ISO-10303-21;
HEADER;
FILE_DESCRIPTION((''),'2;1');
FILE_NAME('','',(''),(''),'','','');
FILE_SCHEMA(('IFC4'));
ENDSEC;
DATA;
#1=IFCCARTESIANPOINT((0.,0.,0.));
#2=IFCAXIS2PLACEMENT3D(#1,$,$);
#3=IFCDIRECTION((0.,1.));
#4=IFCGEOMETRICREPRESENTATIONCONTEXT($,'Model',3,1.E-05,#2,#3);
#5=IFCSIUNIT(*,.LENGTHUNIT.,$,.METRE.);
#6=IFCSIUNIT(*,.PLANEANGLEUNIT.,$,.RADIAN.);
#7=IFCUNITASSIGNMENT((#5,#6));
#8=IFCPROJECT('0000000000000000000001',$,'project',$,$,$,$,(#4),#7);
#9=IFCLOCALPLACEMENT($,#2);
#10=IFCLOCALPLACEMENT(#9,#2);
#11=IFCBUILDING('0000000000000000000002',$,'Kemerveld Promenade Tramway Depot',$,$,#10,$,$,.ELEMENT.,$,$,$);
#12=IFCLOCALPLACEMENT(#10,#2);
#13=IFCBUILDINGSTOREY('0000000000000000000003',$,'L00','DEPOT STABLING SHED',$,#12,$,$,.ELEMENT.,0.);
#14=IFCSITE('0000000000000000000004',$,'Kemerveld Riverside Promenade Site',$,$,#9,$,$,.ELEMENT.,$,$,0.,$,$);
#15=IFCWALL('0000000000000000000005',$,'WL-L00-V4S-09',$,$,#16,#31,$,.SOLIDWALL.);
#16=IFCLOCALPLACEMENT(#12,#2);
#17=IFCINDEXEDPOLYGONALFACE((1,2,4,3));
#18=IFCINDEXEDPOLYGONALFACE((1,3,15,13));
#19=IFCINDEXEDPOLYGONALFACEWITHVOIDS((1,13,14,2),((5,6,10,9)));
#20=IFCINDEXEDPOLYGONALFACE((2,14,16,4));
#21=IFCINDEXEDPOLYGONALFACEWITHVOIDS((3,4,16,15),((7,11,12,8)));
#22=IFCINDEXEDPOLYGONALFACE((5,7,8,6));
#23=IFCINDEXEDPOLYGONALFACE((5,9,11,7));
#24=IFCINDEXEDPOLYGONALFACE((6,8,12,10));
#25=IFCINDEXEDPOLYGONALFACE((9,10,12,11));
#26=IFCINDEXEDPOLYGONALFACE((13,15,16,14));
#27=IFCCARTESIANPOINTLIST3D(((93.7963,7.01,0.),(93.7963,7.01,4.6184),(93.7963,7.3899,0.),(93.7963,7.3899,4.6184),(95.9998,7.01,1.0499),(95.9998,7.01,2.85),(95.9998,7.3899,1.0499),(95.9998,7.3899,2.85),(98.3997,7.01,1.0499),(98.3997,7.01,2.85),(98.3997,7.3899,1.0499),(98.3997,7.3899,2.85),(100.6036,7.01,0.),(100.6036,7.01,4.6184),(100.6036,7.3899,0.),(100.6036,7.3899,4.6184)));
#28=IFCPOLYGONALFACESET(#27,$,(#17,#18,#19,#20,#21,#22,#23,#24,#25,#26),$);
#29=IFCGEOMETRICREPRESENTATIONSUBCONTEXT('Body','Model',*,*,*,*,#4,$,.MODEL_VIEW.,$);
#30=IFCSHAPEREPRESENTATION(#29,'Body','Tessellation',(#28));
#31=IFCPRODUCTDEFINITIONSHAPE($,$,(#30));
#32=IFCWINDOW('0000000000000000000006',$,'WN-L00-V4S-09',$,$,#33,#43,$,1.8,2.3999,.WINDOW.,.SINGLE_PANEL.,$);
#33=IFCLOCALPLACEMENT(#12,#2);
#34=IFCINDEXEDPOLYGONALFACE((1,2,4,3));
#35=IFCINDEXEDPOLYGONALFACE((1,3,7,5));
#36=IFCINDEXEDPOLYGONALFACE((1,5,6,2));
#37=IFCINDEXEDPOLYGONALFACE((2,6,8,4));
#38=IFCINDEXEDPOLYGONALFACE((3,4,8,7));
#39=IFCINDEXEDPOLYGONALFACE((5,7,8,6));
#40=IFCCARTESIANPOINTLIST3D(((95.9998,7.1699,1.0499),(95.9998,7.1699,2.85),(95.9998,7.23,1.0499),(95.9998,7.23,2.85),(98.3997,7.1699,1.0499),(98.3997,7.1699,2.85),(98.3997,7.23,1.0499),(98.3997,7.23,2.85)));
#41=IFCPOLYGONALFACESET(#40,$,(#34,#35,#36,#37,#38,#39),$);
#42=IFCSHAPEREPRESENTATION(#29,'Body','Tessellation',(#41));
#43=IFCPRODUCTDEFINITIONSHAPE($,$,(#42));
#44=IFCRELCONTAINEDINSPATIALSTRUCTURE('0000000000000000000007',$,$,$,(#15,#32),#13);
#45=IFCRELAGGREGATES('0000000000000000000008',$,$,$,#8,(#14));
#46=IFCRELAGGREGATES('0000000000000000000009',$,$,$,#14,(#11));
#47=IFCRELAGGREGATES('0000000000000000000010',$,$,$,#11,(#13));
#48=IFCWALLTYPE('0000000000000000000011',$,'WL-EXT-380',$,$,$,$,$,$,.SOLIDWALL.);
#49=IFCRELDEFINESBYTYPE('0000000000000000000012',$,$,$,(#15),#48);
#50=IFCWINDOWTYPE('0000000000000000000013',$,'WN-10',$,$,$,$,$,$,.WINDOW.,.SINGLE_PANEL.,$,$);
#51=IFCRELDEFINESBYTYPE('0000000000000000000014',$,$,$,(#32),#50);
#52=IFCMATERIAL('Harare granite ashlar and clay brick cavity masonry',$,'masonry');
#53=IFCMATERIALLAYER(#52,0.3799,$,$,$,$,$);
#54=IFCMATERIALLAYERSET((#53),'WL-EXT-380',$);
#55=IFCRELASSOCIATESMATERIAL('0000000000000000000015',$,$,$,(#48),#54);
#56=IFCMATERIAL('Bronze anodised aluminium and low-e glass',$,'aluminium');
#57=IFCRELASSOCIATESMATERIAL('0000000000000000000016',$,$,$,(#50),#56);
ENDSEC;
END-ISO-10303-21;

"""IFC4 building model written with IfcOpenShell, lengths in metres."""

from ifc_helpers import new_model, si_unit, direction, frame, frame_2d, origin, place, context, subcontext, project, spatial, rectangle, extrude, material, layer, layer_set, type_object, element, fill, save


model = new_model("IFC4")

# Units and contexts
model_context = context("Model", 3, precision=1e-05, world=origin(), true_north=direction((0.0, 1.0)))
body_context = subcontext(model_context, "Body", "Model", "MODEL_VIEW")
ifc_project = project(units=[si_unit("LENGTHUNIT", "METRE"), si_unit("PLANEANGLEUNIT", "RADIAN")], contexts=[model_context])

# Site, building, storey
site_placement = place(None, origin())
site = spatial("IfcSite", under=ifc_project, at=site_placement, Name="Kemerveld Riverside Promenade Site", CompositionType="ELEMENT", RefElevation=0.0)
building_placement = place(site_placement, origin())
building = spatial("IfcBuilding", under=site, at=building_placement, Name="Kemerveld Promenade Tramway Depot", CompositionType="ELEMENT")
storey_placement = place(building_placement, origin())
storey = spatial("IfcBuildingStorey", under=building, at=storey_placement, Name="L00", Description="DEPOT STABLING SHED", CompositionType="ELEMENT", Elevation=0.0)

# Wall, opening, window
ifc_material_1 = material(Name="Harare granite ashlar and clay brick cavity masonry", Category="masonry")
ifc_layer_1 = layer(ifc_material_1, 0.3799)
ifc_layer_set_1 = layer_set([ifc_layer_1], Name="WL-EXT-380")
wall_type = type_object("IfcWallType", Name="WL-EXT-380", PredefinedType="SOLIDWALL", material=ifc_layer_set_1)
wall_placement = place(storey_placement, frame((100.6038, 7.2, 0.0), z_axis=(0.0, 0.0, 1.0), x_axis=(-1.0, 0.0, 0.0)))
wall = element("IfcWall", 1, at=wall_placement, inside=storey, type_object=wall_type, Name="WL-L00-V4S-09", PredefinedType="SOLIDWALL", context=body_context, shape_type="SweptSolid", body=[
    extrude(rectangle(XDim=6.8074, YDim=0.3799, at=frame_2d((3.4038, 0.0))), origin(), (0.0, 0.0, 1.0), 4.6184),
])
opening_placement = place(wall_placement, frame((2.2041, 0.0, 1.05)))
opening = element("IfcOpeningElement", 2, at=opening_placement, cuts=wall, PredefinedType="OPENING", context=body_context, shape_type="SweptSolid", body=[
    extrude(rectangle(XDim=2.3999, YDim=1.8, at=frame_2d((1.2, 0.8999))), frame((0.0, 0.2, 0.0), z_axis=(0.0, -1.0, 0.0), x_axis=(1.0, 0.0, 0.0)), (0.0, 0.0, 1.0), 0.3999),
])
ifc_material_2 = material(Name="Bronze anodised aluminium and low-e glass", Category="aluminium")
window_type = type_object("IfcWindowType", Name="WN-10", PartitioningType="SINGLE_PANEL", PredefinedType="WINDOW", material=ifc_material_2)
window_placement = place(opening_placement, origin())
window = element("IfcWindow", 3, at=window_placement, inside=storey, type_object=window_type, Name="WN-L00-V4S-09", OverallHeight=1.8, OverallWidth=2.3999, PartitioningType="SINGLE_PANEL", PredefinedType="WINDOW", context=body_context, shape_type="SweptSolid", body=[
    extrude(rectangle(XDim=2.3999, YDim=1.8, at=frame_2d((1.2, 0.8999))), frame((0.0, 0.03, 0.0), z_axis=(0.0, -1.0, 0.0), x_axis=(1.0, 0.0, 0.0)), (0.0, 0.0, 1.0), 0.0601),
])
fill(opening, window)

save(model, "model.ifc")
